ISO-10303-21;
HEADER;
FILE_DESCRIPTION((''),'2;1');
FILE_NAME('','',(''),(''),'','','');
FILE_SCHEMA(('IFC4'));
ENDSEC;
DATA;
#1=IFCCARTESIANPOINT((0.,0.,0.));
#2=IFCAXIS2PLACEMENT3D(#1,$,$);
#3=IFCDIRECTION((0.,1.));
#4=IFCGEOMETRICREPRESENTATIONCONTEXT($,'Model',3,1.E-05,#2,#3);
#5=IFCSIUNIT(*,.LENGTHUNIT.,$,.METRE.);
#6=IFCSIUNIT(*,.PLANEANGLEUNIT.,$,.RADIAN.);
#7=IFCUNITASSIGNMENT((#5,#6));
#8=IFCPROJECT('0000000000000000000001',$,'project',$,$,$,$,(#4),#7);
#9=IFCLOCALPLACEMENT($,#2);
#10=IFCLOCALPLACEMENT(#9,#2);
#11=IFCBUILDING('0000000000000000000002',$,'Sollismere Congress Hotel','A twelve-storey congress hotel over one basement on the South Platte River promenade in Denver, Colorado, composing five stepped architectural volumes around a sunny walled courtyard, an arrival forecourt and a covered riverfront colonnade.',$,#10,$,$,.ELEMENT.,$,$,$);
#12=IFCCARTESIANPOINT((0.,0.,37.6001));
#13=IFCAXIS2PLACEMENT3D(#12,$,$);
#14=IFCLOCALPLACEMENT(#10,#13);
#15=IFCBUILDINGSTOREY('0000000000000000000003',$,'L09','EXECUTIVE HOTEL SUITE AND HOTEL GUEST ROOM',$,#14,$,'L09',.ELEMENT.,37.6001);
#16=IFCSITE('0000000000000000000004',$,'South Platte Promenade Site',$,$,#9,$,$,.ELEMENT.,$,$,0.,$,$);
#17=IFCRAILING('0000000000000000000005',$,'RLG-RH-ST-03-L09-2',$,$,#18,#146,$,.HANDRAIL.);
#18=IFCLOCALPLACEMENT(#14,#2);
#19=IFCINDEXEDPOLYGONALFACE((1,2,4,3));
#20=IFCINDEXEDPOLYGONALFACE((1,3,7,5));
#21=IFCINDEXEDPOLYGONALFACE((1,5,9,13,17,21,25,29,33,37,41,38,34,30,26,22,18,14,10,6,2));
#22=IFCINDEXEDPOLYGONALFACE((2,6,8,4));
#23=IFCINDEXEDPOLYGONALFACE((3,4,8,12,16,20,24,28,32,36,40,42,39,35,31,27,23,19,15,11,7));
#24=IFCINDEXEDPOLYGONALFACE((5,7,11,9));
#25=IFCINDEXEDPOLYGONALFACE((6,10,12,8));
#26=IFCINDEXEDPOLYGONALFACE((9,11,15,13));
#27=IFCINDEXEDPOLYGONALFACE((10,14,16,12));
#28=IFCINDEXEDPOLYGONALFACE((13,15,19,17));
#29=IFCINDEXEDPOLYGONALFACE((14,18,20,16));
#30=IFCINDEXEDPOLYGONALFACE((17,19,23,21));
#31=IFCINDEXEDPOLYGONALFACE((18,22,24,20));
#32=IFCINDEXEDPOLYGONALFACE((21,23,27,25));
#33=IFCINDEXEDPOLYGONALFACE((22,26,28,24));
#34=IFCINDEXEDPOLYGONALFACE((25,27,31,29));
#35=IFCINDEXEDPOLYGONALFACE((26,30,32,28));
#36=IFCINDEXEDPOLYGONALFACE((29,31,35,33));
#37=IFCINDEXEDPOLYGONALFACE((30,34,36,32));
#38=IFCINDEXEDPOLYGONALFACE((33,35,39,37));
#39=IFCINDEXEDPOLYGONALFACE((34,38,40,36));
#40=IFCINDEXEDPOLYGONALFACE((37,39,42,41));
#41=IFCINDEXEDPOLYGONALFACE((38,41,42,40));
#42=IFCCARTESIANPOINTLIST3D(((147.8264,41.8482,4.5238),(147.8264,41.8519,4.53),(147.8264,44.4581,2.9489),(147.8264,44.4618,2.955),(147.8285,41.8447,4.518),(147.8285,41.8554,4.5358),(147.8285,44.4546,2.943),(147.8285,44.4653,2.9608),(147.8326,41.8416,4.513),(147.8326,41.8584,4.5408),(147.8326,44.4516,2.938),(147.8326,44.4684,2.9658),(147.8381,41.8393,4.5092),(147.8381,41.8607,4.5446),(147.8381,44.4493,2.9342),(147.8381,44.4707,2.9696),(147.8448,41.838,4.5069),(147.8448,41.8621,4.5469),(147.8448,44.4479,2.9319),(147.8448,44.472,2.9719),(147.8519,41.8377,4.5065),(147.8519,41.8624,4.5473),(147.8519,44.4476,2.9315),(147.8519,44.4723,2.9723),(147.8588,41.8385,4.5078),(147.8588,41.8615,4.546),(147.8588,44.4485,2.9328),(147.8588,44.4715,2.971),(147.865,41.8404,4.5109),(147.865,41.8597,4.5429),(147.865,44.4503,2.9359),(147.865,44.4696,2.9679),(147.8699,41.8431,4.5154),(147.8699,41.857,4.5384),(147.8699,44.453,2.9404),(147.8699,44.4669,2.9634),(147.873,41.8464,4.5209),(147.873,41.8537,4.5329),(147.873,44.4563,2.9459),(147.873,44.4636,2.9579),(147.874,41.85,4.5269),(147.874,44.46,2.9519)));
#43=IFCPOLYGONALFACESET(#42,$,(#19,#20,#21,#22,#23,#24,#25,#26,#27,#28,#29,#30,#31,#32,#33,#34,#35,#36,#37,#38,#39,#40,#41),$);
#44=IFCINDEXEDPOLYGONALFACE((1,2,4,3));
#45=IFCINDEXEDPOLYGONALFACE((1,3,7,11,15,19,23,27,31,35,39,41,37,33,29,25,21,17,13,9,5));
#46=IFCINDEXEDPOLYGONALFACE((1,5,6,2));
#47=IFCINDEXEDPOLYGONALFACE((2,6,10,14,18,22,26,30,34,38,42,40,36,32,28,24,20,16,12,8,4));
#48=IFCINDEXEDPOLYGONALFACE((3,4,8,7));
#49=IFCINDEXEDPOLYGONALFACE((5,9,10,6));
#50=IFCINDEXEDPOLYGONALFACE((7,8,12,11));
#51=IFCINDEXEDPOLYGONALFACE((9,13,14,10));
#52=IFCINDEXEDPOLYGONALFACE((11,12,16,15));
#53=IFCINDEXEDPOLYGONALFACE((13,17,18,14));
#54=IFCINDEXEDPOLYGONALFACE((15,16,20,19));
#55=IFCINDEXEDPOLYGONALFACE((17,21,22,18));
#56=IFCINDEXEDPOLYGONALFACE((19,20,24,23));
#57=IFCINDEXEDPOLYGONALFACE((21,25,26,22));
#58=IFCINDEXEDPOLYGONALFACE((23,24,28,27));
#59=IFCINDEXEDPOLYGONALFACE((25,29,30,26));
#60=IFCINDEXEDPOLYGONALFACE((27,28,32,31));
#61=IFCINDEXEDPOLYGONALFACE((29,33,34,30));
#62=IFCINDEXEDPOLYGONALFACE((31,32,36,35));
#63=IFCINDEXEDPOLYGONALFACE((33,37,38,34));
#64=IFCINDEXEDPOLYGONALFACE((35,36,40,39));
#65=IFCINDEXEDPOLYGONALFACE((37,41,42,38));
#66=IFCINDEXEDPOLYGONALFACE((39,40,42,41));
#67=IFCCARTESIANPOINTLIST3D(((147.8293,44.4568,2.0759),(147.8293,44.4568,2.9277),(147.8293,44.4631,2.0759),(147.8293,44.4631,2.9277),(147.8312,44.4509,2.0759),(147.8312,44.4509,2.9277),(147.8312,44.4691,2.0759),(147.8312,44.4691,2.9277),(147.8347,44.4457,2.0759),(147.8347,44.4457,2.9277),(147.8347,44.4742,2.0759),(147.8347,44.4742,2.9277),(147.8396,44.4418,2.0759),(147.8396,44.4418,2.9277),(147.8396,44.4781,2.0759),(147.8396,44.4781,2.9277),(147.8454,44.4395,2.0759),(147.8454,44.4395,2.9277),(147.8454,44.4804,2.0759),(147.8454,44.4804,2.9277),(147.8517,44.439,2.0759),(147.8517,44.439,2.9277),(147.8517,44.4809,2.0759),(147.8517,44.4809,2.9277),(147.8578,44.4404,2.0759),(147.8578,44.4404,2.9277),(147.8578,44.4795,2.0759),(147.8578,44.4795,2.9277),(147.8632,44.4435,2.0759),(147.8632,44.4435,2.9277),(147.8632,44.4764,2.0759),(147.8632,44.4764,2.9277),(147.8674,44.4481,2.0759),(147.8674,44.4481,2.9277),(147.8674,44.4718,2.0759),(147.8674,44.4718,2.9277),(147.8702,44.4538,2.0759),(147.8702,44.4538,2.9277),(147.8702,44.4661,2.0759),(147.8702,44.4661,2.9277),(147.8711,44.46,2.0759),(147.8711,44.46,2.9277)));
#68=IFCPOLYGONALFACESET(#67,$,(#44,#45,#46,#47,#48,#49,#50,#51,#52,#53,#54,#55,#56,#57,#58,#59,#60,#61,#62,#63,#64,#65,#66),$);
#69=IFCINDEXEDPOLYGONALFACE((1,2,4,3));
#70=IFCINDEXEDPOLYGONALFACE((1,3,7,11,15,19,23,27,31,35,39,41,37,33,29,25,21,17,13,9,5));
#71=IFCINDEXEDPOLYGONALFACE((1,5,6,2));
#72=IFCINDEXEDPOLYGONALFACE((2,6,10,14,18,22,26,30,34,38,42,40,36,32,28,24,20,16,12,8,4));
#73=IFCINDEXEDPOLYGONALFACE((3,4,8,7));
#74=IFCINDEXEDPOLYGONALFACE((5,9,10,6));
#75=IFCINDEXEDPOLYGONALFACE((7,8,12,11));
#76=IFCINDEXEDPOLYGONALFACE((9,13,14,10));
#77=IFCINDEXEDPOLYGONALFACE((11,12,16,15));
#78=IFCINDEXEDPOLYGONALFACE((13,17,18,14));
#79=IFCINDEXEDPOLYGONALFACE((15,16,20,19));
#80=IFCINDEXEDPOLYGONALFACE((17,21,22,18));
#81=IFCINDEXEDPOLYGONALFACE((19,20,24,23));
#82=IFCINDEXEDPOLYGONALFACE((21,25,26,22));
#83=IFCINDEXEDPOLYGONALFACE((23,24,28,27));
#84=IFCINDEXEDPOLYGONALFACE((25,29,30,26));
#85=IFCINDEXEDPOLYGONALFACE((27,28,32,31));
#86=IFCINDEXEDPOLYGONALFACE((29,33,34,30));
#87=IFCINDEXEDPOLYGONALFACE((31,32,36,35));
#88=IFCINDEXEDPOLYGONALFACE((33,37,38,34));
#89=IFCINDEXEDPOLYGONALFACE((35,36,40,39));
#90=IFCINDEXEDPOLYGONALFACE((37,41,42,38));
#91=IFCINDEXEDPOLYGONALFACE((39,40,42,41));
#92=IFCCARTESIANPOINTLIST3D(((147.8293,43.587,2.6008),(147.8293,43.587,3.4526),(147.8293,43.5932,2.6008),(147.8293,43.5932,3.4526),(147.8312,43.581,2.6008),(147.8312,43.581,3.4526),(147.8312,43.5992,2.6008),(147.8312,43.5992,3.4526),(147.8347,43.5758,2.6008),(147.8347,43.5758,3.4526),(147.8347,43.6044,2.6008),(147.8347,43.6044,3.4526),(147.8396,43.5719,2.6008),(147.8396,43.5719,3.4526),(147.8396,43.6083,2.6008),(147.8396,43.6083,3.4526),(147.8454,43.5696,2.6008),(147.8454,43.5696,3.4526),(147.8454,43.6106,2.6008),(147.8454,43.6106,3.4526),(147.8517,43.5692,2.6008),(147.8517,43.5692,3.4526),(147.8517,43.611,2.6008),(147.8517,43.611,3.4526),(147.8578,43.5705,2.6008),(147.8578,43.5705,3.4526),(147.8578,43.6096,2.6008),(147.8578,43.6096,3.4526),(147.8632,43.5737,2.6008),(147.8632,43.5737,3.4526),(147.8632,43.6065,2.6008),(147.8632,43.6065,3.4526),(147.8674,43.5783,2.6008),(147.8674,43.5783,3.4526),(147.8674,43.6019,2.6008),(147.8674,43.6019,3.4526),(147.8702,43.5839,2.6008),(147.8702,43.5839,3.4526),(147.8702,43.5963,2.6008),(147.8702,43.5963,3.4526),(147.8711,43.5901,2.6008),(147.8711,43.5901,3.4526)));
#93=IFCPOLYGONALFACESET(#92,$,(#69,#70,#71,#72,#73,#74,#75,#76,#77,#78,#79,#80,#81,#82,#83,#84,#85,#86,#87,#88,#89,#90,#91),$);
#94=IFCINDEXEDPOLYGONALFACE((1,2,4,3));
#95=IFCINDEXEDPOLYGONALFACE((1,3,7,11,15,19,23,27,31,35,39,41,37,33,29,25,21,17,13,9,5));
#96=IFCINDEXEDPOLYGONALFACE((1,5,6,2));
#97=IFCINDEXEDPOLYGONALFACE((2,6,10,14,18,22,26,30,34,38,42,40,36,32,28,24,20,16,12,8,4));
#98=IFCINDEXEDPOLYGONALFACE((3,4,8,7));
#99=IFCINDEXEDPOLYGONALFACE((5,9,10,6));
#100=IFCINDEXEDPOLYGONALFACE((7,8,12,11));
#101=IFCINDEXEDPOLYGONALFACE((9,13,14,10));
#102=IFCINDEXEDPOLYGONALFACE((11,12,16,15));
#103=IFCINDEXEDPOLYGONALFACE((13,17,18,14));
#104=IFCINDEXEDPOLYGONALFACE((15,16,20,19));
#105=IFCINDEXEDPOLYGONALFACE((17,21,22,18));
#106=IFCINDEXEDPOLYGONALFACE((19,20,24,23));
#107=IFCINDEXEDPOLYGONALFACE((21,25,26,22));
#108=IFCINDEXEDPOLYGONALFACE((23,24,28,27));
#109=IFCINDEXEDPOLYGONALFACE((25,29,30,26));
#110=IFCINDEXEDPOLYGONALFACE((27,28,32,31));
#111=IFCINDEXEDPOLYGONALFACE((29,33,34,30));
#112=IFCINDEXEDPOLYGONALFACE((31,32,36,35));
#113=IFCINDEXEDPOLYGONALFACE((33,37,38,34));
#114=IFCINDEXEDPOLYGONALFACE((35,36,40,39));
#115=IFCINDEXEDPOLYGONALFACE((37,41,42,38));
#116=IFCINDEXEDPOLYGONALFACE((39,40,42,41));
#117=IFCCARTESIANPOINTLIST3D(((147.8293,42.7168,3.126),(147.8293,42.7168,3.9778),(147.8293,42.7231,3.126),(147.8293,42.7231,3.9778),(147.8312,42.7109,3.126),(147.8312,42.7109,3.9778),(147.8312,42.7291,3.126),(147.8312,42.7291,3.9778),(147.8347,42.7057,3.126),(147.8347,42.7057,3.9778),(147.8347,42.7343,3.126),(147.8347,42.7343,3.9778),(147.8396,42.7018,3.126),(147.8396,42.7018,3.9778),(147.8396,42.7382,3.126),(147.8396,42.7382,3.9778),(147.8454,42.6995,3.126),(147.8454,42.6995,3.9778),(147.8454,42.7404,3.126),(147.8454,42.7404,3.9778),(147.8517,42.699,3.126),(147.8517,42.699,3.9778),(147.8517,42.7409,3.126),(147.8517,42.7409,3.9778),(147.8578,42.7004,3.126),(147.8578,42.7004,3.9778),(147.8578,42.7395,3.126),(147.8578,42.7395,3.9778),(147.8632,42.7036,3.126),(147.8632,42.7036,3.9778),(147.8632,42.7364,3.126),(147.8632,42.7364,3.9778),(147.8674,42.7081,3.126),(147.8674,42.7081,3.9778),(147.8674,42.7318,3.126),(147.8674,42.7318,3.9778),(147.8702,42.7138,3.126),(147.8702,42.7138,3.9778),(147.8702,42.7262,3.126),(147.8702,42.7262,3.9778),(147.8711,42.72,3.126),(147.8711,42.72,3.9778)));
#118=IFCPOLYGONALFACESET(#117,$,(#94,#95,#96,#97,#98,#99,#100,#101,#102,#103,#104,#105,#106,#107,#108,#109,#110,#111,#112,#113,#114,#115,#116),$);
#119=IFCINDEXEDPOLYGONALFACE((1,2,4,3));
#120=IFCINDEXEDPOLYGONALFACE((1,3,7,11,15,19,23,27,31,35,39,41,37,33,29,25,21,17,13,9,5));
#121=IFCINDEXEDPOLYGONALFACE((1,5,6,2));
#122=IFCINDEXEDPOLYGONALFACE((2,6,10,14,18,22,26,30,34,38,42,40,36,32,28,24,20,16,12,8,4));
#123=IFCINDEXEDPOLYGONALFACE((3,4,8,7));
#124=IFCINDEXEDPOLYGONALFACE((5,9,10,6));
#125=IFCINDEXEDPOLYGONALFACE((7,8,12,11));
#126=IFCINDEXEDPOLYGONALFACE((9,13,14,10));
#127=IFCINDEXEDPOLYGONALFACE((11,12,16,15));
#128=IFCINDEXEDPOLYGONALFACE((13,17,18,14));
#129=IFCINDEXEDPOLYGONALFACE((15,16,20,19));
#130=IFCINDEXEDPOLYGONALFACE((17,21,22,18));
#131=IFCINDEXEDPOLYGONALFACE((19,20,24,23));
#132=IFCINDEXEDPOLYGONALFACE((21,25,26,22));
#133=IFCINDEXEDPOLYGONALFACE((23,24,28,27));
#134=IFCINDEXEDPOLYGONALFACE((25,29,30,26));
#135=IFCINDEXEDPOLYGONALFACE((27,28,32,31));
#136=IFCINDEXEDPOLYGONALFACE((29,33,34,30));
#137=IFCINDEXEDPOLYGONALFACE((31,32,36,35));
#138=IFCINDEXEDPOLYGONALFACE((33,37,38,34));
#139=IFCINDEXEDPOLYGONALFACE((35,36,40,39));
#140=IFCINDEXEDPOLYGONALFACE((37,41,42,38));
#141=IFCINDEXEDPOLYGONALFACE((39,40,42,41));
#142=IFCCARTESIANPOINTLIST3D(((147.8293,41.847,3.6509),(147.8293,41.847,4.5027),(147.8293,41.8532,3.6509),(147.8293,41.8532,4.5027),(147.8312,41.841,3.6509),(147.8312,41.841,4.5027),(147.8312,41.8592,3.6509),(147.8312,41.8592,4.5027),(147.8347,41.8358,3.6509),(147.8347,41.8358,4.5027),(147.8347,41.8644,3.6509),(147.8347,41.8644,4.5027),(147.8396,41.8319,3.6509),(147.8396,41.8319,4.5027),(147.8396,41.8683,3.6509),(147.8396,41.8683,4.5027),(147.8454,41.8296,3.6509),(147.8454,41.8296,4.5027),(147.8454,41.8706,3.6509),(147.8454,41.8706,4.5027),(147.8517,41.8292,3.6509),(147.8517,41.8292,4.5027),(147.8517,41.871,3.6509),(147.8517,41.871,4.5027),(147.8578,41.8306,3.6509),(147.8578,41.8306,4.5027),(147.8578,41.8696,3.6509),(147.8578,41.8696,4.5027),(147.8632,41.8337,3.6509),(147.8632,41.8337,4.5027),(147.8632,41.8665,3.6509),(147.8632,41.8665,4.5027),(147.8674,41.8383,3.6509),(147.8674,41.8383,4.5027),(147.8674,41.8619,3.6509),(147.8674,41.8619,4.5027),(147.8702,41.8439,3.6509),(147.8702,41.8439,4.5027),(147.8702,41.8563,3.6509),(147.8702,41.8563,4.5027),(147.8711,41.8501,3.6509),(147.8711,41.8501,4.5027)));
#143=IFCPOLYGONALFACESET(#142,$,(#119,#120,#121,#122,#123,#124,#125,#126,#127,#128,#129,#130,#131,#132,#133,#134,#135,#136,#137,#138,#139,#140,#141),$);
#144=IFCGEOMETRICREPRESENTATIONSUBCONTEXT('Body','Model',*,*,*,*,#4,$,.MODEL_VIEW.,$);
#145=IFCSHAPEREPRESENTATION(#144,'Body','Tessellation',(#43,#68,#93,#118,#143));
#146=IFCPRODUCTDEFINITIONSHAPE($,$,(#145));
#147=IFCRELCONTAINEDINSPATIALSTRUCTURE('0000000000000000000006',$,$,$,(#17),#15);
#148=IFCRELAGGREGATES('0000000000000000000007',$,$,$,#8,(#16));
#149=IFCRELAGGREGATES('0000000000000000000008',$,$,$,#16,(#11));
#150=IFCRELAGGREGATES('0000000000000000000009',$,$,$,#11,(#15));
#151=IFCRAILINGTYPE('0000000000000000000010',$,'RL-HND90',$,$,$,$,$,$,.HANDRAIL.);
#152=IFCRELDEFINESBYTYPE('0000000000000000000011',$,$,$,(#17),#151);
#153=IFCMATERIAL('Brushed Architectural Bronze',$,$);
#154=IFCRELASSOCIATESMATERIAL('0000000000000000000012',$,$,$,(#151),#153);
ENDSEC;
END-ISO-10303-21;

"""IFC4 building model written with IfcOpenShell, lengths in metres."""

from ifc_helpers import new_model, si_unit, direction, frame, origin, origin_2d, place, context, subcontext, project, spatial, circle, extrude, material, type_object, element, save


model = new_model("IFC4")

# Units and contexts
model_context = context("Model", 3, precision=1e-05, world=origin(), true_north=direction((0.0, 1.0)))
body_context = subcontext(model_context, "Body", "Model", "MODEL_VIEW")
ifc_project = project(units=[si_unit("LENGTHUNIT", "METRE"), si_unit("PLANEANGLEUNIT", "RADIAN")], contexts=[model_context])

# Site, building, storey
site_placement = place(None, origin())
site = spatial("IfcSite", under=ifc_project, at=site_placement, Name="South Platte Promenade Site", CompositionType="ELEMENT", RefElevation=0.0)
building_placement = place(site_placement, origin())
building = spatial("IfcBuilding", under=site, at=building_placement, Name="Sollismere Congress Hotel", Description="A twelve-storey congress hotel over one basement on the South Platte River promenade in Denver, Colorado, composing five stepped architectural volumes around a sunny walled courtyard, an arrival forecourt and a covered riverfront colonnade.", CompositionType="ELEMENT")
storey_placement = place(building_placement, frame((0.0, 0.0, 37.6001)))
storey = spatial("IfcBuildingStorey", under=building, at=storey_placement, Name="L09", Description="EXECUTIVE HOTEL SUITE AND HOTEL GUEST ROOM", LongName="L09", CompositionType="ELEMENT", Elevation=37.6001)

# Railing
ifc_material_1 = material(Name="Brushed Architectural Bronze")
railing_type_1 = type_object("IfcRailingType", Name="RL-HND90", PredefinedType="HANDRAIL", material=ifc_material_1)
railing_1_placement = place(storey_placement, frame((147.8501, 44.46, 2.0759)))
element("IfcRailing", 1, at=railing_1_placement, inside=storey, type_object=railing_type_1, Name="RLG-RH-ST-03-L09-2", PredefinedType="HANDRAIL", context=body_context, shape_type="SweptSolid", body=[
    extrude(circle(Radius=0.0239, at=origin_2d()), frame((0.0, 0.0, 0.876), z_axis=(0.0, -0.856183, 0.516673), x_axis=(1.0, 0.0, 0.0)), (0.0, 0.0, 1.0), 3.0483),
    extrude(circle(Radius=0.021, at=origin_2d()), origin(), (0.0, 0.0, 1.0), 0.8518),
    extrude(circle(Radius=0.021, at=origin_2d()), frame((0.0, -0.8699, 0.5249)), (0.0, 0.0, 1.0), 0.8518),
    extrude(circle(Radius=0.021, at=origin_2d()), frame((0.0, -1.74, 1.05)), (0.0, 0.0, 1.0), 0.8518),
    extrude(circle(Radius=0.021, at=origin_2d()), frame((0.0, -2.6099, 1.575)), (0.0, 0.0, 1.0), 0.8518),
])

save(model, "model.ifc")
